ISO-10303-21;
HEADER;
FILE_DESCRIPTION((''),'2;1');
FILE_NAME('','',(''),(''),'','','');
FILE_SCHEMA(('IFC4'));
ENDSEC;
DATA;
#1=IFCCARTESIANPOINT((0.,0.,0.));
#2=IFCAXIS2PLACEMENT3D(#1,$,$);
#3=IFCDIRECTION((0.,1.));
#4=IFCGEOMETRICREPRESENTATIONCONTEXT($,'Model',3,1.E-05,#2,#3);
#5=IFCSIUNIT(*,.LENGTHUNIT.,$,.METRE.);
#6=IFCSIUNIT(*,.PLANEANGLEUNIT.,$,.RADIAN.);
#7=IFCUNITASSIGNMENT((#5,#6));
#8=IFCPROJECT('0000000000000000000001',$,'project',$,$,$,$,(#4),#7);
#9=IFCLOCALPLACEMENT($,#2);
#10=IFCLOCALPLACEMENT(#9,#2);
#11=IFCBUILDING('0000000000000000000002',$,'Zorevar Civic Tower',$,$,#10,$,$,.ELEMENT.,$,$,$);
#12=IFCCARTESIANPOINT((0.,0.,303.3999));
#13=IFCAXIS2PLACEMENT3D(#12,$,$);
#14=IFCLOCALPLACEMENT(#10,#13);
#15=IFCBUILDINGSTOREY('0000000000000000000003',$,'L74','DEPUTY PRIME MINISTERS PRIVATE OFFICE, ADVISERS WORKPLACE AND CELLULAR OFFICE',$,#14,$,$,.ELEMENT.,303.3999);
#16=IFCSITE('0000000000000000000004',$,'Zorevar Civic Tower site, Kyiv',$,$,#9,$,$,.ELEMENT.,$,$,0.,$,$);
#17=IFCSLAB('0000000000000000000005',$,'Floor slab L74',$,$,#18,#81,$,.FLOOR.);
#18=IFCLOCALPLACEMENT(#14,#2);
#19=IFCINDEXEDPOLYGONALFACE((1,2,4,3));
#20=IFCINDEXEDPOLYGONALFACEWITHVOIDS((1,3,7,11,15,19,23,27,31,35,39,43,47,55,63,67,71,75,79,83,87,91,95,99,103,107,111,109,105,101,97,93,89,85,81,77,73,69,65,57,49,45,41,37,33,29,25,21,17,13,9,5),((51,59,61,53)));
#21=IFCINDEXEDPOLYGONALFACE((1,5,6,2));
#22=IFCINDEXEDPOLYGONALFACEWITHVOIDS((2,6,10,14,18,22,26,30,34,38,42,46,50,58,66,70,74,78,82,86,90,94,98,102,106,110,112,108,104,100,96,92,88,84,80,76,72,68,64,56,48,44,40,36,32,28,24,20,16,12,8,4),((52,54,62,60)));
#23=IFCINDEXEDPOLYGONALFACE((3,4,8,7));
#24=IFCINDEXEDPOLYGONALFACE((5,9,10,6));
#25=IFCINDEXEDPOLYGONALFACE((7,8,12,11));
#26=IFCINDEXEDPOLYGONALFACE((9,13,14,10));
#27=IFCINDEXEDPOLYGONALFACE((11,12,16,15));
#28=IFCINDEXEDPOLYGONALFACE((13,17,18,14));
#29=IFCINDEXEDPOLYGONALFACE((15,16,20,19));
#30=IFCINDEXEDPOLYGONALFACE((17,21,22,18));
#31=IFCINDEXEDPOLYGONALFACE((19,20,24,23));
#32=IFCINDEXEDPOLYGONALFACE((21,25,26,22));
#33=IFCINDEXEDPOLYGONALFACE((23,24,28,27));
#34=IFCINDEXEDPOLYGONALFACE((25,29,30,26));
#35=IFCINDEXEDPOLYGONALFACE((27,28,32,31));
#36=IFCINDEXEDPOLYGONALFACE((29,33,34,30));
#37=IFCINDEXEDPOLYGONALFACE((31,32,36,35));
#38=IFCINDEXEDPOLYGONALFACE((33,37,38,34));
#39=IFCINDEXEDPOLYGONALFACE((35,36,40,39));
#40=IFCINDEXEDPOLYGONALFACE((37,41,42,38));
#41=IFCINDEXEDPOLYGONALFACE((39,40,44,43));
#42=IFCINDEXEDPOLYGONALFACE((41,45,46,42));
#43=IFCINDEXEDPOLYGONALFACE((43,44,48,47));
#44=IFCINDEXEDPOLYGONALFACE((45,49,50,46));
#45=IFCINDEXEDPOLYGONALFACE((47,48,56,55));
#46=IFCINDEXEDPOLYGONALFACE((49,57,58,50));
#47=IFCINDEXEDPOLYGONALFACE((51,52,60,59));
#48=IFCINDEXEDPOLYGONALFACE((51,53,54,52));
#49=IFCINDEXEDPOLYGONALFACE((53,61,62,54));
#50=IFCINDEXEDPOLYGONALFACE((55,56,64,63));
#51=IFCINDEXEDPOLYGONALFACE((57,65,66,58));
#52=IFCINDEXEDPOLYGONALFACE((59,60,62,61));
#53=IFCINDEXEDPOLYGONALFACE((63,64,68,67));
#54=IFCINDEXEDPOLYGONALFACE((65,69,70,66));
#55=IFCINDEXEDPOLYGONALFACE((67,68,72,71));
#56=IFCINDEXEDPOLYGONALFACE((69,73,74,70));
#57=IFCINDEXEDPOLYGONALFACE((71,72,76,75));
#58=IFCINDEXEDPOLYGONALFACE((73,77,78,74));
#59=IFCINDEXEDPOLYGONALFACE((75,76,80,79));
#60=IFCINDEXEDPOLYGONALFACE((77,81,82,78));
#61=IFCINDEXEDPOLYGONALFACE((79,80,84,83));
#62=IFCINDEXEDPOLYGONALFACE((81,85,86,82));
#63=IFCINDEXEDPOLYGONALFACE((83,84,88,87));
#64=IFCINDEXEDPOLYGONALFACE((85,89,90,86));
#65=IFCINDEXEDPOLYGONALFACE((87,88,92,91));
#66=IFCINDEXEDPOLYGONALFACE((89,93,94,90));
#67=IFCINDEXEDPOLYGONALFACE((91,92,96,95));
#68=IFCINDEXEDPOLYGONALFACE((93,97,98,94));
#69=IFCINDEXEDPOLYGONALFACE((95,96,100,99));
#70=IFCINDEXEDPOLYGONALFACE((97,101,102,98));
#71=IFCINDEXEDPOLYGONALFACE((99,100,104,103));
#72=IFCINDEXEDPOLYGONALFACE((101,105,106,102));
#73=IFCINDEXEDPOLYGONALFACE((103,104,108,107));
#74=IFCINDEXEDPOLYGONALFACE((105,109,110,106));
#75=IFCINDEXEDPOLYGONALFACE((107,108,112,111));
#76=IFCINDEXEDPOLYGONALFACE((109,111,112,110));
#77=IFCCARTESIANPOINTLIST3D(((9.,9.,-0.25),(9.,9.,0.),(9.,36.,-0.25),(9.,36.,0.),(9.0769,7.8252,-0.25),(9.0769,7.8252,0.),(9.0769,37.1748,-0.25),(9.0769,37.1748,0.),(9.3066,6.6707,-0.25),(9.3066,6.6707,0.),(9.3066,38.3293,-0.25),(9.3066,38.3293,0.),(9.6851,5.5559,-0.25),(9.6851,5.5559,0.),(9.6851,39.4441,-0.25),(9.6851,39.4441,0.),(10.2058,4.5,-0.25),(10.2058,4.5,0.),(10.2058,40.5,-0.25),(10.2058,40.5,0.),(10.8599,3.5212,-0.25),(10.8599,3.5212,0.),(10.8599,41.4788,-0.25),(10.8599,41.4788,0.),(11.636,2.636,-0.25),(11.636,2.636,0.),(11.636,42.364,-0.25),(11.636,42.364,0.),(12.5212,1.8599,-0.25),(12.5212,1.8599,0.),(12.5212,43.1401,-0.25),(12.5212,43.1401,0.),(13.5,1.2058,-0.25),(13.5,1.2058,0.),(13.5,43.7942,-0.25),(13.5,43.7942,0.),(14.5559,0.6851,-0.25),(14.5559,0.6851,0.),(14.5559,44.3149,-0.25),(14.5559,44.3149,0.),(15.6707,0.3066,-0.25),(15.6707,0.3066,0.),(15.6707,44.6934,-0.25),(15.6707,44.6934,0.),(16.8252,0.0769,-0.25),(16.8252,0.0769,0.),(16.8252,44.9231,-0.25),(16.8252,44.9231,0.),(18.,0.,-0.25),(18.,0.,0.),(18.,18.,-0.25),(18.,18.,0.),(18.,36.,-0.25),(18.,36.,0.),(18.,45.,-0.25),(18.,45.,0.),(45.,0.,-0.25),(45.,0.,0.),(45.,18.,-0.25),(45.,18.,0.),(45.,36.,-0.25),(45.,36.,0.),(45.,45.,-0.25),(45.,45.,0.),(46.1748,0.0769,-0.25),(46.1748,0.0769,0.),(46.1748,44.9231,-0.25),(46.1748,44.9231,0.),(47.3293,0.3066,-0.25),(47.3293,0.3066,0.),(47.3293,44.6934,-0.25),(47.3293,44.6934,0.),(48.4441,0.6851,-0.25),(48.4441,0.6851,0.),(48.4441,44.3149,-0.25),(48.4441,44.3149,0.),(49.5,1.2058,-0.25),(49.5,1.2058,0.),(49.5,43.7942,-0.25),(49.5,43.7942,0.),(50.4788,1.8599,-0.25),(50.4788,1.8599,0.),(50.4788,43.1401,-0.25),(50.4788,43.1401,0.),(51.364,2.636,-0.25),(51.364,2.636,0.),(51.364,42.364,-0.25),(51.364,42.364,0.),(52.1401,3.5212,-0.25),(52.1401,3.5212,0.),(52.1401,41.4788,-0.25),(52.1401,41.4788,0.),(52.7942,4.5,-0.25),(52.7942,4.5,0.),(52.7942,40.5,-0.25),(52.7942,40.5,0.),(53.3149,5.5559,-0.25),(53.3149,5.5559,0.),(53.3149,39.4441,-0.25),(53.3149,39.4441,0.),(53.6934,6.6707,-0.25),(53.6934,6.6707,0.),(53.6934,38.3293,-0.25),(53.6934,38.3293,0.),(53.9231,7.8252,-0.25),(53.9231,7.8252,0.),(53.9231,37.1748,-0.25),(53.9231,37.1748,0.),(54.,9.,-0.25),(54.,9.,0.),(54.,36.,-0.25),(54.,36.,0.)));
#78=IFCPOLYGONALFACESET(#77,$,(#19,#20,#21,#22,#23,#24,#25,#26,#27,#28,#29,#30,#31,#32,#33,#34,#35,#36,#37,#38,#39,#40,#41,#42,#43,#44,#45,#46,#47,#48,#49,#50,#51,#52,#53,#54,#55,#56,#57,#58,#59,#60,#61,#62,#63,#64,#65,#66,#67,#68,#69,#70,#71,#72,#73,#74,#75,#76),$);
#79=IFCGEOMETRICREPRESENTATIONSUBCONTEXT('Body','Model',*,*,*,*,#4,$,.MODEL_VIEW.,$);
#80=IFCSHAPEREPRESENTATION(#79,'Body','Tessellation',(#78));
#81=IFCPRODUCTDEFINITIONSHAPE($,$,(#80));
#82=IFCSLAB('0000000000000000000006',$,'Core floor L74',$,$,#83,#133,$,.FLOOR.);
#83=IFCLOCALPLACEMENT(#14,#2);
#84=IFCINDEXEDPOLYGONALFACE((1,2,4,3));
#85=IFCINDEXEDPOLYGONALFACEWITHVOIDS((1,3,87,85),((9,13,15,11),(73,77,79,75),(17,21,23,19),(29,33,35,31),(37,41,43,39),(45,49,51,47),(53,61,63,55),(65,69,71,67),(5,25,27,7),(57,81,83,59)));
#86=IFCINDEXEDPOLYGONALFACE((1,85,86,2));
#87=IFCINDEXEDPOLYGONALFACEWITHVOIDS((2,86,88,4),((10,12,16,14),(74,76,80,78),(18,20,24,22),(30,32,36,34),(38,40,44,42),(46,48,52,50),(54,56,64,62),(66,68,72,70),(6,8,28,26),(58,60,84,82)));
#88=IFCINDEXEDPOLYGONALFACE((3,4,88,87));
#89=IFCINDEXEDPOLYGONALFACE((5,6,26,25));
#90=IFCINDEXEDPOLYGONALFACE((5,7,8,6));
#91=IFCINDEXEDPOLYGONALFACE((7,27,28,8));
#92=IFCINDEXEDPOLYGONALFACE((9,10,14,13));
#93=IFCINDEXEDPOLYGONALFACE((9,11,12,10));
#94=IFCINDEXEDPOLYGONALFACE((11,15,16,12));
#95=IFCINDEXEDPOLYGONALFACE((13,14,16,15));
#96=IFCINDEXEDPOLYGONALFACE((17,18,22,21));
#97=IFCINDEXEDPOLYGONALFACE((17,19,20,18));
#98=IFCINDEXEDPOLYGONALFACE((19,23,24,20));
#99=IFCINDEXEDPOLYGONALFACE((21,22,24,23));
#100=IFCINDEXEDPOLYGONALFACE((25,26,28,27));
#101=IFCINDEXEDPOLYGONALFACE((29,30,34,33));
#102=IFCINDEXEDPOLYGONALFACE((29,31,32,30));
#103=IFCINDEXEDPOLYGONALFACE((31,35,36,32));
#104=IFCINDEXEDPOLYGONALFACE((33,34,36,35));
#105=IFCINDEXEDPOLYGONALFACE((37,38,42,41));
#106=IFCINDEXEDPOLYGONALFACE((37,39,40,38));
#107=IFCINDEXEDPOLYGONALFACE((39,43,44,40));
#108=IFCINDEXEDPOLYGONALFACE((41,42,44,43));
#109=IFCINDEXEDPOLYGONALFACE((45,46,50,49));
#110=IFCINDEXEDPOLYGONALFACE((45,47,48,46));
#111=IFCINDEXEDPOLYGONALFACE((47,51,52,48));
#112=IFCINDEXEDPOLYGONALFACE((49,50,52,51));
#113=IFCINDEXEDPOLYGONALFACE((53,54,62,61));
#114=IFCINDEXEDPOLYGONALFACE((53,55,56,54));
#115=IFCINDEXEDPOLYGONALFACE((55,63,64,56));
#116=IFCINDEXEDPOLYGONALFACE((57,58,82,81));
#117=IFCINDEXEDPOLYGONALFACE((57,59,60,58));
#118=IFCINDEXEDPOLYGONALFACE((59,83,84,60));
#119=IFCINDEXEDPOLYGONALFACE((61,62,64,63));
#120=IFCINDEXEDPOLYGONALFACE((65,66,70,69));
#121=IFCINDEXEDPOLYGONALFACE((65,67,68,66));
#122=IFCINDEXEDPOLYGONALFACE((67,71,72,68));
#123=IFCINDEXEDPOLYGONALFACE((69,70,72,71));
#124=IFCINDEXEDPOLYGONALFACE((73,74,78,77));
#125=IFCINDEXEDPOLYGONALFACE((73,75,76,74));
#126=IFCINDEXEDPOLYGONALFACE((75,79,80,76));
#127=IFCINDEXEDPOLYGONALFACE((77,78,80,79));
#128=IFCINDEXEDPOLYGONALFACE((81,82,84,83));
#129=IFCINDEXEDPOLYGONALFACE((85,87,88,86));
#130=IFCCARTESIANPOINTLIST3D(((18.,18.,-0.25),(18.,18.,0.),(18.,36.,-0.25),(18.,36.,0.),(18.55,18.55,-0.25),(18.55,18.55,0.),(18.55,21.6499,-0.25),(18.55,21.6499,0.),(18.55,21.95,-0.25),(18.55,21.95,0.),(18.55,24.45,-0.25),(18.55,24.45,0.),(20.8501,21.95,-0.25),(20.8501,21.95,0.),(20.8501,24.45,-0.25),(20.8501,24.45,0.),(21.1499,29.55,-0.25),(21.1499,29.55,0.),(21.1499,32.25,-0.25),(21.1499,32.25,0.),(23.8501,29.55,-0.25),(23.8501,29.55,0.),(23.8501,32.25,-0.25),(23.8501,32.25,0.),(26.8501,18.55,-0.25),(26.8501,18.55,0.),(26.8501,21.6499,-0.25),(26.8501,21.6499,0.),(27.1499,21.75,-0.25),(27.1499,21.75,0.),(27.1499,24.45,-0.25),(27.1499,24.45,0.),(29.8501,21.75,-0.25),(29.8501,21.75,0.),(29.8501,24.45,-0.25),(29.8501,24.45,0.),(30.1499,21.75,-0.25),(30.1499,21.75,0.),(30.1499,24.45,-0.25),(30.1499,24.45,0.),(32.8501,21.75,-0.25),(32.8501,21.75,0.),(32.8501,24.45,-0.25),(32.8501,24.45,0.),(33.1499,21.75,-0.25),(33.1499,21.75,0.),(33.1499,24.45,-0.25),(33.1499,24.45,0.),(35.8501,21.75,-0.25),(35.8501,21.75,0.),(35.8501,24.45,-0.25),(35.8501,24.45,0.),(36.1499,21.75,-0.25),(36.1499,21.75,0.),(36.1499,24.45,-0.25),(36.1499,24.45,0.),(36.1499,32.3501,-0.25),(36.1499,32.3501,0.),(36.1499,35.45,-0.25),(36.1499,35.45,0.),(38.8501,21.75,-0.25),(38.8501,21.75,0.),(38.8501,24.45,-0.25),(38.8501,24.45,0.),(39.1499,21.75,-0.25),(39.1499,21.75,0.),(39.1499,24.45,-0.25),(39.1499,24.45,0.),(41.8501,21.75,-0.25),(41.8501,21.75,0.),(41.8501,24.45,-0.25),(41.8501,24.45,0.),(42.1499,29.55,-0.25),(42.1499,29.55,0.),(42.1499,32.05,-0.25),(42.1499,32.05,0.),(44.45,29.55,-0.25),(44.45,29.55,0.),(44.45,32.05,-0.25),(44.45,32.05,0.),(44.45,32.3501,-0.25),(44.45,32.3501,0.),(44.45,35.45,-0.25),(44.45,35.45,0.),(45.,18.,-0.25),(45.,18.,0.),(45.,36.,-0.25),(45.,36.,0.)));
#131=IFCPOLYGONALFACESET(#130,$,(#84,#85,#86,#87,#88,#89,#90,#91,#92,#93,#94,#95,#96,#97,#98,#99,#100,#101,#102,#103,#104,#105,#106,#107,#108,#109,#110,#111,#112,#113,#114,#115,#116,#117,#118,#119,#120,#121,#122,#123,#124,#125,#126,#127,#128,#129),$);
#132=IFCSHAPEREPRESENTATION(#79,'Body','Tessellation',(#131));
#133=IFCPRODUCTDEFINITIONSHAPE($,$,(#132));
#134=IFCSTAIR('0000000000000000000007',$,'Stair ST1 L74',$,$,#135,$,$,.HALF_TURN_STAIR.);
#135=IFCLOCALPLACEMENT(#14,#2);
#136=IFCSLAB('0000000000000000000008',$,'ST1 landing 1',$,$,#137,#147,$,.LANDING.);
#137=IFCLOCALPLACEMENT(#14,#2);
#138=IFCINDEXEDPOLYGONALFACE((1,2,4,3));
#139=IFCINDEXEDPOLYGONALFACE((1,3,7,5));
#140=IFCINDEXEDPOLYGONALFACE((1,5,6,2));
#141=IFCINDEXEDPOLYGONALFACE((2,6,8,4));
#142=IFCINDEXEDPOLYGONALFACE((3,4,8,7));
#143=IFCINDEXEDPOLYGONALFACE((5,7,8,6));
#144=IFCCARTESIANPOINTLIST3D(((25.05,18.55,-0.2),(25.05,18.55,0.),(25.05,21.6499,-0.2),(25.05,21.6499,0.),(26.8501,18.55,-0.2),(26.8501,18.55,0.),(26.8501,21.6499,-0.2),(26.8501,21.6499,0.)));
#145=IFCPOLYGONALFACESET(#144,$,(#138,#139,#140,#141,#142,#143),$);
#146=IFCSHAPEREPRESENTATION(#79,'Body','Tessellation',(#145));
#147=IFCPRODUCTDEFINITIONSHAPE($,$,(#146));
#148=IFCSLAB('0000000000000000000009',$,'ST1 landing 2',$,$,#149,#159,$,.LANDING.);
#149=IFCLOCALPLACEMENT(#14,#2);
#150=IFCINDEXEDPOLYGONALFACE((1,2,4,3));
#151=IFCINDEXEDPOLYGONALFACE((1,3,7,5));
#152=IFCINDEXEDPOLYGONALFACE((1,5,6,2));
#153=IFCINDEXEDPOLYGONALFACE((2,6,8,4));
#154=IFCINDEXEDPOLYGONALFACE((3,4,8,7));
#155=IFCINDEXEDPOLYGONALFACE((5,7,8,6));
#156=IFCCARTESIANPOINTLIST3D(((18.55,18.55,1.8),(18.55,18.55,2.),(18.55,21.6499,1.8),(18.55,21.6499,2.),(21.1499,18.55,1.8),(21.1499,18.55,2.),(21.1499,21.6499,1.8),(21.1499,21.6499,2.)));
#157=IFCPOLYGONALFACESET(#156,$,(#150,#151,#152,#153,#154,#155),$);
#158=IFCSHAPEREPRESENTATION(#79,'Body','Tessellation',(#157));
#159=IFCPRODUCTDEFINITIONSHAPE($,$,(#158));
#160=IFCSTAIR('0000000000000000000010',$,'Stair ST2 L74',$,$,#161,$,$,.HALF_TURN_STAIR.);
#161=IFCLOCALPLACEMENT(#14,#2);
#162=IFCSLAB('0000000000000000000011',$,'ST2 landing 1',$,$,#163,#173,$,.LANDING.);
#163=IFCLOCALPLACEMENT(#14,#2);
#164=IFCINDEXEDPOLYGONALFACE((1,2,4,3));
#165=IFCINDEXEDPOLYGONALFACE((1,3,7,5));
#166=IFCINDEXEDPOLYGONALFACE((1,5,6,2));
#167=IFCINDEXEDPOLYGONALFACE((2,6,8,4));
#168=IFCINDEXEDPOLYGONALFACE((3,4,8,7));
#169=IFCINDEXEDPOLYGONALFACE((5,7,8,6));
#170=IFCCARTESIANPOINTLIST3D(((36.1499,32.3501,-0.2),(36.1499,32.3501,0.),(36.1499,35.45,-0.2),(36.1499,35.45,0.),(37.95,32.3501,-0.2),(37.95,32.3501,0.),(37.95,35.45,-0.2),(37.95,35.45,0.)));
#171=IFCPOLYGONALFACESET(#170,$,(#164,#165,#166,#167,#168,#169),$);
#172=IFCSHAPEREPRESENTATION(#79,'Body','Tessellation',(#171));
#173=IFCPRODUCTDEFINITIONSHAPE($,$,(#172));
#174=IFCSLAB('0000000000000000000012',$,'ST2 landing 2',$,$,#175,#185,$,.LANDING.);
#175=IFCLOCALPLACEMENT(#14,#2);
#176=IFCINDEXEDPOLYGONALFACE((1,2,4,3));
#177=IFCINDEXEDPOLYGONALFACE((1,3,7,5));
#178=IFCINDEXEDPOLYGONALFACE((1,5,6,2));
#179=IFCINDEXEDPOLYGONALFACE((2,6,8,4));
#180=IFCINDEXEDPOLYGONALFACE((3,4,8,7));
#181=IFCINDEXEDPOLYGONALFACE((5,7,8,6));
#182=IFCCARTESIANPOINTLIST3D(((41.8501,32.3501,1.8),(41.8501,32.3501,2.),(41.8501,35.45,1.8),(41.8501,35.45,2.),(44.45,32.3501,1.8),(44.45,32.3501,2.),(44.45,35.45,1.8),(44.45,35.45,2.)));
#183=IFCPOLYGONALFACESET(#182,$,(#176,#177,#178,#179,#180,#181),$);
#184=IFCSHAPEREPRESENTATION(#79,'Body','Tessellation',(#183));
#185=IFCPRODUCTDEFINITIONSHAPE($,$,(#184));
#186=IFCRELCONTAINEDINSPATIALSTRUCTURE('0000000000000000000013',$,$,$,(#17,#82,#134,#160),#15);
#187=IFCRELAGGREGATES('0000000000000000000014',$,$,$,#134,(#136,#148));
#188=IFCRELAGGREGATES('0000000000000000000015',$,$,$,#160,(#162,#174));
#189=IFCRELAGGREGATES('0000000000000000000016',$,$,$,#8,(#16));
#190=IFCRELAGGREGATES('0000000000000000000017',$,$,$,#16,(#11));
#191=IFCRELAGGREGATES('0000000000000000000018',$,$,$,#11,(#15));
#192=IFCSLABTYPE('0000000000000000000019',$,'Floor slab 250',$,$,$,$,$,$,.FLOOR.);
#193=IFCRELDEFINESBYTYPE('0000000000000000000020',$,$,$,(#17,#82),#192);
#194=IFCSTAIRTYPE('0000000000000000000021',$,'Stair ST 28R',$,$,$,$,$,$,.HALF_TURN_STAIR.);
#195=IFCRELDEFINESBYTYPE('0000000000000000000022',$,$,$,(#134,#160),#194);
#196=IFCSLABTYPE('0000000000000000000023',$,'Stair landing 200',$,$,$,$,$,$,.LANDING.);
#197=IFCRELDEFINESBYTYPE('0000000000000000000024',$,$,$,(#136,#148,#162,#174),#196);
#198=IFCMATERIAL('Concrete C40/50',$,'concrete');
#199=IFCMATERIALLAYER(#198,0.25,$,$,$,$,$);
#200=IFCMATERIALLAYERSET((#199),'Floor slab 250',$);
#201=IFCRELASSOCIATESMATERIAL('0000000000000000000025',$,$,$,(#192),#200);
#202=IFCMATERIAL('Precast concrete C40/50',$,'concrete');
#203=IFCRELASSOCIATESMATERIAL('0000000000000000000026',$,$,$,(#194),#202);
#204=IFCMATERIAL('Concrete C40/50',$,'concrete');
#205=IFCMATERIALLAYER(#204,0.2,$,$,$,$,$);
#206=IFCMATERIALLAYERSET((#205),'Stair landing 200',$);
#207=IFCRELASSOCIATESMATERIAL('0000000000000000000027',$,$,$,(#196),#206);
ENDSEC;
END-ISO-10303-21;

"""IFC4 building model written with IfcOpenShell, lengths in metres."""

from ifc_helpers import new_model, si_unit, direction, frame, origin, place, context, subcontext, project, spatial, polyline, outline, extrude, material, layer, layer_set, type_object, element, aggregate, save


model = new_model("IFC4")

# Units and contexts
model_context = context("Model", 3, precision=1e-05, world=origin(), true_north=direction((0.0, 1.0)))
body_context = subcontext(model_context, "Body", "Model", "MODEL_VIEW")
ifc_project = project(units=[si_unit("LENGTHUNIT", "METRE"), si_unit("PLANEANGLEUNIT", "RADIAN")], contexts=[model_context])

# Site, building, storey
site_placement = place(None, origin())
site = spatial("IfcSite", under=ifc_project, at=site_placement, Name="Zorevar Civic Tower site, Kyiv", CompositionType="ELEMENT", RefElevation=0.0)
building_placement = place(site_placement, origin())
building = spatial("IfcBuilding", under=site, at=building_placement, Name="Zorevar Civic Tower", CompositionType="ELEMENT")
storey_placement = place(building_placement, frame((0.0, 0.0, 303.3999)))
storey = spatial("IfcBuildingStorey", under=building, at=storey_placement, Name="L74", Description="DEPUTY PRIME MINISTERS PRIVATE OFFICE, ADVISERS WORKPLACE AND CELLULAR OFFICE", CompositionType="ELEMENT", Elevation=303.3999)

# Slabs
ifc_material_1 = material(Name="Concrete C40/50", Category="concrete")
ifc_layer_1 = layer(ifc_material_1, 0.25)
ifc_layer_set_1 = layer_set([ifc_layer_1], Name="Floor slab 250")
slab_type_1 = type_object("IfcSlabType", Name="Floor slab 250", PredefinedType="FLOOR", material=ifc_layer_set_1)
slab_1_placement = place(storey_placement, frame((0.0, 0.0, -0.25)))
element("IfcSlab", 1, at=slab_1_placement, inside=storey, type_object=slab_type_1, Name="Floor slab L74", PredefinedType="FLOOR", context=body_context, shape_type="SweptSolid", body=[
    extrude(outline(polyline([(45.0, 0.0), (46.1748, 0.0769), (47.3293, 0.3066), (48.4441, 0.6851), (49.5, 1.2058), (50.4788, 1.8599), (51.364, 2.636), (52.1401, 3.5212), (52.7942, 4.5), (53.3149, 5.5559), (53.6934, 6.6707), (53.9231, 7.8252), (54.0, 9.0), (54.0, 36.0), (53.9231, 37.1748), (53.6934, 38.3293), (53.3149, 39.4441), (52.7942, 40.5), (52.1401, 41.4788), (51.364, 42.364), (50.4788, 43.1401), (49.5, 43.7942), (48.4441, 44.3149), (47.3293, 44.6934), (46.1748, 44.9231), (45.0, 45.0), (18.0, 45.0), (16.8252, 44.9231), (15.6707, 44.6934), (14.5559, 44.3149), (13.5, 43.7942), (12.5212, 43.1401), (11.636, 42.364), (10.8599, 41.4788), (10.2058, 40.5), (9.6851, 39.4441), (9.3066, 38.3293), (9.0769, 37.1748), (9.0, 36.0), (9.0, 9.0), (9.0769, 7.8252), (9.3066, 6.6707), (9.6851, 5.5559), (10.2058, 4.5), (10.8599, 3.5212), (11.636, 2.636), (12.5212, 1.8599), (13.5, 1.2058), (14.5559, 0.6851), (15.6707, 0.3066), (16.8252, 0.0769), (18.0, 0.0), (45.0, 0.0)]), holes=[polyline([(18.0, 18.0), (45.0, 18.0), (45.0, 36.0), (18.0, 36.0), (18.0, 18.0)])]), origin(), (0.0, 0.0, 1.0), 0.25),
])
slab_2_placement = place(storey_placement, frame((0.0, 0.0, -0.25)))
element("IfcSlab", 2, at=slab_2_placement, inside=storey, type_object=slab_type_1, Name="Core floor L74", PredefinedType="FLOOR", context=body_context, shape_type="SweptSolid", body=[
    extrude(outline(polyline([(18.0, 18.0), (45.0, 18.0), (45.0, 36.0), (18.0, 36.0), (18.0, 18.0)]), holes=[polyline([(18.55, 18.55), (26.8501, 18.55), (26.8501, 21.6499), (18.55, 21.6499), (18.55, 18.55)]), polyline([(36.1499, 32.3501), (44.45, 32.3501), (44.45, 35.45), (36.1499, 35.45), (36.1499, 32.3501)]), polyline([(18.55, 21.95), (20.8501, 21.95), (20.8501, 24.45), (18.55, 24.45), (18.55, 21.95)]), polyline([(42.1499, 29.55), (44.45, 29.55), (44.45, 32.05), (42.1499, 32.05), (42.1499, 29.55)]), polyline([(27.1499, 21.75), (29.8501, 21.75), (29.8501, 24.45), (27.1499, 24.45), (27.1499, 21.75)]), polyline([(30.1499, 21.75), (32.8501, 21.75), (32.8501, 24.45), (30.1499, 24.45), (30.1499, 21.75)]), polyline([(33.1499, 21.75), (35.8501, 21.75), (35.8501, 24.45), (33.1499, 24.45), (33.1499, 21.75)]), polyline([(36.1499, 21.75), (38.8501, 21.75), (38.8501, 24.45), (36.1499, 24.45), (36.1499, 21.75)]), polyline([(39.1499, 21.75), (41.8501, 21.75), (41.8501, 24.45), (39.1499, 24.45), (39.1499, 21.75)]), polyline([(21.1499, 29.55), (23.8501, 29.55), (23.8501, 32.25), (21.1499, 32.25), (21.1499, 29.55)])]), origin(), (0.0, 0.0, 1.0), 0.25),
])

# Stairs, slabs
ifc_material_2 = material(Name="Precast concrete C40/50", Category="concrete")
stair_type = type_object("IfcStairType", Name="Stair ST 28R", PredefinedType="HALF_TURN_STAIR", material=ifc_material_2)
stair_1_placement = place(storey_placement, origin())
stair_1 = element("IfcStair", 3, at=stair_1_placement, inside=storey, type_object=stair_type, Name="Stair ST1 L74", PredefinedType="HALF_TURN_STAIR")
ifc_material_3 = material(Name="Concrete C40/50", Category="concrete")
ifc_layer_2 = layer(ifc_material_3, 0.2)
ifc_layer_set_2 = layer_set([ifc_layer_2], Name="Stair landing 200")
slab_type_2 = type_object("IfcSlabType", Name="Stair landing 200", PredefinedType="LANDING", material=ifc_layer_set_2)
slab_3_placement = place(storey_placement, frame((0.0, 0.0, -0.2)))
slab_3 = element("IfcSlab", 4, at=slab_3_placement, type_object=slab_type_2, Name="ST1 landing 1", PredefinedType="LANDING", context=body_context, shape_type="SweptSolid", body=[
    extrude(outline(polyline([(25.05, 18.55), (26.8501, 18.55), (26.8501, 21.6499), (25.05, 21.6499), (25.05, 18.55)])), origin(), (0.0, 0.0, 1.0), 0.2),
])
slab_4_placement = place(storey_placement, frame((0.0, 0.0, 1.8)))
slab_4 = element("IfcSlab", 5, at=slab_4_placement, type_object=slab_type_2, Name="ST1 landing 2", PredefinedType="LANDING", context=body_context, shape_type="SweptSolid", body=[
    extrude(outline(polyline([(18.55, 18.55), (21.1499, 18.55), (21.1499, 21.6499), (18.55, 21.6499), (18.55, 18.55)])), origin(), (0.0, 0.0, 1.0), 0.2),
])
aggregate(stair_1, [slab_3, slab_4])
stair_2_placement = place(storey_placement, origin())
stair_2 = element("IfcStair", 6, at=stair_2_placement, inside=storey, type_object=stair_type, Name="Stair ST2 L74", PredefinedType="HALF_TURN_STAIR")
slab_5_placement = place(storey_placement, frame((0.0, 0.0, -0.2)))
slab_5 = element("IfcSlab", 7, at=slab_5_placement, type_object=slab_type_2, Name="ST2 landing 1", PredefinedType="LANDING", context=body_context, shape_type="SweptSolid", body=[
    extrude(outline(polyline([(37.95, 32.3501), (36.1499, 32.3501), (36.1499, 35.45), (37.95, 35.45), (37.95, 32.3501)])), origin(), (0.0, 0.0, 1.0), 0.2),
])
slab_6_placement = place(storey_placement, frame((0.0, 0.0, 1.8)))
slab_6 = element("IfcSlab", 8, at=slab_6_placement, type_object=slab_type_2, Name="ST2 landing 2", PredefinedType="LANDING", context=body_context, shape_type="SweptSolid", body=[
    extrude(outline(polyline([(44.45, 32.3501), (41.8501, 32.3501), (41.8501, 35.45), (44.45, 35.45), (44.45, 32.3501)])), origin(), (0.0, 0.0, 1.0), 0.2),
])
aggregate(stair_2, [slab_5, slab_6])

save(model, "model.ifc")
